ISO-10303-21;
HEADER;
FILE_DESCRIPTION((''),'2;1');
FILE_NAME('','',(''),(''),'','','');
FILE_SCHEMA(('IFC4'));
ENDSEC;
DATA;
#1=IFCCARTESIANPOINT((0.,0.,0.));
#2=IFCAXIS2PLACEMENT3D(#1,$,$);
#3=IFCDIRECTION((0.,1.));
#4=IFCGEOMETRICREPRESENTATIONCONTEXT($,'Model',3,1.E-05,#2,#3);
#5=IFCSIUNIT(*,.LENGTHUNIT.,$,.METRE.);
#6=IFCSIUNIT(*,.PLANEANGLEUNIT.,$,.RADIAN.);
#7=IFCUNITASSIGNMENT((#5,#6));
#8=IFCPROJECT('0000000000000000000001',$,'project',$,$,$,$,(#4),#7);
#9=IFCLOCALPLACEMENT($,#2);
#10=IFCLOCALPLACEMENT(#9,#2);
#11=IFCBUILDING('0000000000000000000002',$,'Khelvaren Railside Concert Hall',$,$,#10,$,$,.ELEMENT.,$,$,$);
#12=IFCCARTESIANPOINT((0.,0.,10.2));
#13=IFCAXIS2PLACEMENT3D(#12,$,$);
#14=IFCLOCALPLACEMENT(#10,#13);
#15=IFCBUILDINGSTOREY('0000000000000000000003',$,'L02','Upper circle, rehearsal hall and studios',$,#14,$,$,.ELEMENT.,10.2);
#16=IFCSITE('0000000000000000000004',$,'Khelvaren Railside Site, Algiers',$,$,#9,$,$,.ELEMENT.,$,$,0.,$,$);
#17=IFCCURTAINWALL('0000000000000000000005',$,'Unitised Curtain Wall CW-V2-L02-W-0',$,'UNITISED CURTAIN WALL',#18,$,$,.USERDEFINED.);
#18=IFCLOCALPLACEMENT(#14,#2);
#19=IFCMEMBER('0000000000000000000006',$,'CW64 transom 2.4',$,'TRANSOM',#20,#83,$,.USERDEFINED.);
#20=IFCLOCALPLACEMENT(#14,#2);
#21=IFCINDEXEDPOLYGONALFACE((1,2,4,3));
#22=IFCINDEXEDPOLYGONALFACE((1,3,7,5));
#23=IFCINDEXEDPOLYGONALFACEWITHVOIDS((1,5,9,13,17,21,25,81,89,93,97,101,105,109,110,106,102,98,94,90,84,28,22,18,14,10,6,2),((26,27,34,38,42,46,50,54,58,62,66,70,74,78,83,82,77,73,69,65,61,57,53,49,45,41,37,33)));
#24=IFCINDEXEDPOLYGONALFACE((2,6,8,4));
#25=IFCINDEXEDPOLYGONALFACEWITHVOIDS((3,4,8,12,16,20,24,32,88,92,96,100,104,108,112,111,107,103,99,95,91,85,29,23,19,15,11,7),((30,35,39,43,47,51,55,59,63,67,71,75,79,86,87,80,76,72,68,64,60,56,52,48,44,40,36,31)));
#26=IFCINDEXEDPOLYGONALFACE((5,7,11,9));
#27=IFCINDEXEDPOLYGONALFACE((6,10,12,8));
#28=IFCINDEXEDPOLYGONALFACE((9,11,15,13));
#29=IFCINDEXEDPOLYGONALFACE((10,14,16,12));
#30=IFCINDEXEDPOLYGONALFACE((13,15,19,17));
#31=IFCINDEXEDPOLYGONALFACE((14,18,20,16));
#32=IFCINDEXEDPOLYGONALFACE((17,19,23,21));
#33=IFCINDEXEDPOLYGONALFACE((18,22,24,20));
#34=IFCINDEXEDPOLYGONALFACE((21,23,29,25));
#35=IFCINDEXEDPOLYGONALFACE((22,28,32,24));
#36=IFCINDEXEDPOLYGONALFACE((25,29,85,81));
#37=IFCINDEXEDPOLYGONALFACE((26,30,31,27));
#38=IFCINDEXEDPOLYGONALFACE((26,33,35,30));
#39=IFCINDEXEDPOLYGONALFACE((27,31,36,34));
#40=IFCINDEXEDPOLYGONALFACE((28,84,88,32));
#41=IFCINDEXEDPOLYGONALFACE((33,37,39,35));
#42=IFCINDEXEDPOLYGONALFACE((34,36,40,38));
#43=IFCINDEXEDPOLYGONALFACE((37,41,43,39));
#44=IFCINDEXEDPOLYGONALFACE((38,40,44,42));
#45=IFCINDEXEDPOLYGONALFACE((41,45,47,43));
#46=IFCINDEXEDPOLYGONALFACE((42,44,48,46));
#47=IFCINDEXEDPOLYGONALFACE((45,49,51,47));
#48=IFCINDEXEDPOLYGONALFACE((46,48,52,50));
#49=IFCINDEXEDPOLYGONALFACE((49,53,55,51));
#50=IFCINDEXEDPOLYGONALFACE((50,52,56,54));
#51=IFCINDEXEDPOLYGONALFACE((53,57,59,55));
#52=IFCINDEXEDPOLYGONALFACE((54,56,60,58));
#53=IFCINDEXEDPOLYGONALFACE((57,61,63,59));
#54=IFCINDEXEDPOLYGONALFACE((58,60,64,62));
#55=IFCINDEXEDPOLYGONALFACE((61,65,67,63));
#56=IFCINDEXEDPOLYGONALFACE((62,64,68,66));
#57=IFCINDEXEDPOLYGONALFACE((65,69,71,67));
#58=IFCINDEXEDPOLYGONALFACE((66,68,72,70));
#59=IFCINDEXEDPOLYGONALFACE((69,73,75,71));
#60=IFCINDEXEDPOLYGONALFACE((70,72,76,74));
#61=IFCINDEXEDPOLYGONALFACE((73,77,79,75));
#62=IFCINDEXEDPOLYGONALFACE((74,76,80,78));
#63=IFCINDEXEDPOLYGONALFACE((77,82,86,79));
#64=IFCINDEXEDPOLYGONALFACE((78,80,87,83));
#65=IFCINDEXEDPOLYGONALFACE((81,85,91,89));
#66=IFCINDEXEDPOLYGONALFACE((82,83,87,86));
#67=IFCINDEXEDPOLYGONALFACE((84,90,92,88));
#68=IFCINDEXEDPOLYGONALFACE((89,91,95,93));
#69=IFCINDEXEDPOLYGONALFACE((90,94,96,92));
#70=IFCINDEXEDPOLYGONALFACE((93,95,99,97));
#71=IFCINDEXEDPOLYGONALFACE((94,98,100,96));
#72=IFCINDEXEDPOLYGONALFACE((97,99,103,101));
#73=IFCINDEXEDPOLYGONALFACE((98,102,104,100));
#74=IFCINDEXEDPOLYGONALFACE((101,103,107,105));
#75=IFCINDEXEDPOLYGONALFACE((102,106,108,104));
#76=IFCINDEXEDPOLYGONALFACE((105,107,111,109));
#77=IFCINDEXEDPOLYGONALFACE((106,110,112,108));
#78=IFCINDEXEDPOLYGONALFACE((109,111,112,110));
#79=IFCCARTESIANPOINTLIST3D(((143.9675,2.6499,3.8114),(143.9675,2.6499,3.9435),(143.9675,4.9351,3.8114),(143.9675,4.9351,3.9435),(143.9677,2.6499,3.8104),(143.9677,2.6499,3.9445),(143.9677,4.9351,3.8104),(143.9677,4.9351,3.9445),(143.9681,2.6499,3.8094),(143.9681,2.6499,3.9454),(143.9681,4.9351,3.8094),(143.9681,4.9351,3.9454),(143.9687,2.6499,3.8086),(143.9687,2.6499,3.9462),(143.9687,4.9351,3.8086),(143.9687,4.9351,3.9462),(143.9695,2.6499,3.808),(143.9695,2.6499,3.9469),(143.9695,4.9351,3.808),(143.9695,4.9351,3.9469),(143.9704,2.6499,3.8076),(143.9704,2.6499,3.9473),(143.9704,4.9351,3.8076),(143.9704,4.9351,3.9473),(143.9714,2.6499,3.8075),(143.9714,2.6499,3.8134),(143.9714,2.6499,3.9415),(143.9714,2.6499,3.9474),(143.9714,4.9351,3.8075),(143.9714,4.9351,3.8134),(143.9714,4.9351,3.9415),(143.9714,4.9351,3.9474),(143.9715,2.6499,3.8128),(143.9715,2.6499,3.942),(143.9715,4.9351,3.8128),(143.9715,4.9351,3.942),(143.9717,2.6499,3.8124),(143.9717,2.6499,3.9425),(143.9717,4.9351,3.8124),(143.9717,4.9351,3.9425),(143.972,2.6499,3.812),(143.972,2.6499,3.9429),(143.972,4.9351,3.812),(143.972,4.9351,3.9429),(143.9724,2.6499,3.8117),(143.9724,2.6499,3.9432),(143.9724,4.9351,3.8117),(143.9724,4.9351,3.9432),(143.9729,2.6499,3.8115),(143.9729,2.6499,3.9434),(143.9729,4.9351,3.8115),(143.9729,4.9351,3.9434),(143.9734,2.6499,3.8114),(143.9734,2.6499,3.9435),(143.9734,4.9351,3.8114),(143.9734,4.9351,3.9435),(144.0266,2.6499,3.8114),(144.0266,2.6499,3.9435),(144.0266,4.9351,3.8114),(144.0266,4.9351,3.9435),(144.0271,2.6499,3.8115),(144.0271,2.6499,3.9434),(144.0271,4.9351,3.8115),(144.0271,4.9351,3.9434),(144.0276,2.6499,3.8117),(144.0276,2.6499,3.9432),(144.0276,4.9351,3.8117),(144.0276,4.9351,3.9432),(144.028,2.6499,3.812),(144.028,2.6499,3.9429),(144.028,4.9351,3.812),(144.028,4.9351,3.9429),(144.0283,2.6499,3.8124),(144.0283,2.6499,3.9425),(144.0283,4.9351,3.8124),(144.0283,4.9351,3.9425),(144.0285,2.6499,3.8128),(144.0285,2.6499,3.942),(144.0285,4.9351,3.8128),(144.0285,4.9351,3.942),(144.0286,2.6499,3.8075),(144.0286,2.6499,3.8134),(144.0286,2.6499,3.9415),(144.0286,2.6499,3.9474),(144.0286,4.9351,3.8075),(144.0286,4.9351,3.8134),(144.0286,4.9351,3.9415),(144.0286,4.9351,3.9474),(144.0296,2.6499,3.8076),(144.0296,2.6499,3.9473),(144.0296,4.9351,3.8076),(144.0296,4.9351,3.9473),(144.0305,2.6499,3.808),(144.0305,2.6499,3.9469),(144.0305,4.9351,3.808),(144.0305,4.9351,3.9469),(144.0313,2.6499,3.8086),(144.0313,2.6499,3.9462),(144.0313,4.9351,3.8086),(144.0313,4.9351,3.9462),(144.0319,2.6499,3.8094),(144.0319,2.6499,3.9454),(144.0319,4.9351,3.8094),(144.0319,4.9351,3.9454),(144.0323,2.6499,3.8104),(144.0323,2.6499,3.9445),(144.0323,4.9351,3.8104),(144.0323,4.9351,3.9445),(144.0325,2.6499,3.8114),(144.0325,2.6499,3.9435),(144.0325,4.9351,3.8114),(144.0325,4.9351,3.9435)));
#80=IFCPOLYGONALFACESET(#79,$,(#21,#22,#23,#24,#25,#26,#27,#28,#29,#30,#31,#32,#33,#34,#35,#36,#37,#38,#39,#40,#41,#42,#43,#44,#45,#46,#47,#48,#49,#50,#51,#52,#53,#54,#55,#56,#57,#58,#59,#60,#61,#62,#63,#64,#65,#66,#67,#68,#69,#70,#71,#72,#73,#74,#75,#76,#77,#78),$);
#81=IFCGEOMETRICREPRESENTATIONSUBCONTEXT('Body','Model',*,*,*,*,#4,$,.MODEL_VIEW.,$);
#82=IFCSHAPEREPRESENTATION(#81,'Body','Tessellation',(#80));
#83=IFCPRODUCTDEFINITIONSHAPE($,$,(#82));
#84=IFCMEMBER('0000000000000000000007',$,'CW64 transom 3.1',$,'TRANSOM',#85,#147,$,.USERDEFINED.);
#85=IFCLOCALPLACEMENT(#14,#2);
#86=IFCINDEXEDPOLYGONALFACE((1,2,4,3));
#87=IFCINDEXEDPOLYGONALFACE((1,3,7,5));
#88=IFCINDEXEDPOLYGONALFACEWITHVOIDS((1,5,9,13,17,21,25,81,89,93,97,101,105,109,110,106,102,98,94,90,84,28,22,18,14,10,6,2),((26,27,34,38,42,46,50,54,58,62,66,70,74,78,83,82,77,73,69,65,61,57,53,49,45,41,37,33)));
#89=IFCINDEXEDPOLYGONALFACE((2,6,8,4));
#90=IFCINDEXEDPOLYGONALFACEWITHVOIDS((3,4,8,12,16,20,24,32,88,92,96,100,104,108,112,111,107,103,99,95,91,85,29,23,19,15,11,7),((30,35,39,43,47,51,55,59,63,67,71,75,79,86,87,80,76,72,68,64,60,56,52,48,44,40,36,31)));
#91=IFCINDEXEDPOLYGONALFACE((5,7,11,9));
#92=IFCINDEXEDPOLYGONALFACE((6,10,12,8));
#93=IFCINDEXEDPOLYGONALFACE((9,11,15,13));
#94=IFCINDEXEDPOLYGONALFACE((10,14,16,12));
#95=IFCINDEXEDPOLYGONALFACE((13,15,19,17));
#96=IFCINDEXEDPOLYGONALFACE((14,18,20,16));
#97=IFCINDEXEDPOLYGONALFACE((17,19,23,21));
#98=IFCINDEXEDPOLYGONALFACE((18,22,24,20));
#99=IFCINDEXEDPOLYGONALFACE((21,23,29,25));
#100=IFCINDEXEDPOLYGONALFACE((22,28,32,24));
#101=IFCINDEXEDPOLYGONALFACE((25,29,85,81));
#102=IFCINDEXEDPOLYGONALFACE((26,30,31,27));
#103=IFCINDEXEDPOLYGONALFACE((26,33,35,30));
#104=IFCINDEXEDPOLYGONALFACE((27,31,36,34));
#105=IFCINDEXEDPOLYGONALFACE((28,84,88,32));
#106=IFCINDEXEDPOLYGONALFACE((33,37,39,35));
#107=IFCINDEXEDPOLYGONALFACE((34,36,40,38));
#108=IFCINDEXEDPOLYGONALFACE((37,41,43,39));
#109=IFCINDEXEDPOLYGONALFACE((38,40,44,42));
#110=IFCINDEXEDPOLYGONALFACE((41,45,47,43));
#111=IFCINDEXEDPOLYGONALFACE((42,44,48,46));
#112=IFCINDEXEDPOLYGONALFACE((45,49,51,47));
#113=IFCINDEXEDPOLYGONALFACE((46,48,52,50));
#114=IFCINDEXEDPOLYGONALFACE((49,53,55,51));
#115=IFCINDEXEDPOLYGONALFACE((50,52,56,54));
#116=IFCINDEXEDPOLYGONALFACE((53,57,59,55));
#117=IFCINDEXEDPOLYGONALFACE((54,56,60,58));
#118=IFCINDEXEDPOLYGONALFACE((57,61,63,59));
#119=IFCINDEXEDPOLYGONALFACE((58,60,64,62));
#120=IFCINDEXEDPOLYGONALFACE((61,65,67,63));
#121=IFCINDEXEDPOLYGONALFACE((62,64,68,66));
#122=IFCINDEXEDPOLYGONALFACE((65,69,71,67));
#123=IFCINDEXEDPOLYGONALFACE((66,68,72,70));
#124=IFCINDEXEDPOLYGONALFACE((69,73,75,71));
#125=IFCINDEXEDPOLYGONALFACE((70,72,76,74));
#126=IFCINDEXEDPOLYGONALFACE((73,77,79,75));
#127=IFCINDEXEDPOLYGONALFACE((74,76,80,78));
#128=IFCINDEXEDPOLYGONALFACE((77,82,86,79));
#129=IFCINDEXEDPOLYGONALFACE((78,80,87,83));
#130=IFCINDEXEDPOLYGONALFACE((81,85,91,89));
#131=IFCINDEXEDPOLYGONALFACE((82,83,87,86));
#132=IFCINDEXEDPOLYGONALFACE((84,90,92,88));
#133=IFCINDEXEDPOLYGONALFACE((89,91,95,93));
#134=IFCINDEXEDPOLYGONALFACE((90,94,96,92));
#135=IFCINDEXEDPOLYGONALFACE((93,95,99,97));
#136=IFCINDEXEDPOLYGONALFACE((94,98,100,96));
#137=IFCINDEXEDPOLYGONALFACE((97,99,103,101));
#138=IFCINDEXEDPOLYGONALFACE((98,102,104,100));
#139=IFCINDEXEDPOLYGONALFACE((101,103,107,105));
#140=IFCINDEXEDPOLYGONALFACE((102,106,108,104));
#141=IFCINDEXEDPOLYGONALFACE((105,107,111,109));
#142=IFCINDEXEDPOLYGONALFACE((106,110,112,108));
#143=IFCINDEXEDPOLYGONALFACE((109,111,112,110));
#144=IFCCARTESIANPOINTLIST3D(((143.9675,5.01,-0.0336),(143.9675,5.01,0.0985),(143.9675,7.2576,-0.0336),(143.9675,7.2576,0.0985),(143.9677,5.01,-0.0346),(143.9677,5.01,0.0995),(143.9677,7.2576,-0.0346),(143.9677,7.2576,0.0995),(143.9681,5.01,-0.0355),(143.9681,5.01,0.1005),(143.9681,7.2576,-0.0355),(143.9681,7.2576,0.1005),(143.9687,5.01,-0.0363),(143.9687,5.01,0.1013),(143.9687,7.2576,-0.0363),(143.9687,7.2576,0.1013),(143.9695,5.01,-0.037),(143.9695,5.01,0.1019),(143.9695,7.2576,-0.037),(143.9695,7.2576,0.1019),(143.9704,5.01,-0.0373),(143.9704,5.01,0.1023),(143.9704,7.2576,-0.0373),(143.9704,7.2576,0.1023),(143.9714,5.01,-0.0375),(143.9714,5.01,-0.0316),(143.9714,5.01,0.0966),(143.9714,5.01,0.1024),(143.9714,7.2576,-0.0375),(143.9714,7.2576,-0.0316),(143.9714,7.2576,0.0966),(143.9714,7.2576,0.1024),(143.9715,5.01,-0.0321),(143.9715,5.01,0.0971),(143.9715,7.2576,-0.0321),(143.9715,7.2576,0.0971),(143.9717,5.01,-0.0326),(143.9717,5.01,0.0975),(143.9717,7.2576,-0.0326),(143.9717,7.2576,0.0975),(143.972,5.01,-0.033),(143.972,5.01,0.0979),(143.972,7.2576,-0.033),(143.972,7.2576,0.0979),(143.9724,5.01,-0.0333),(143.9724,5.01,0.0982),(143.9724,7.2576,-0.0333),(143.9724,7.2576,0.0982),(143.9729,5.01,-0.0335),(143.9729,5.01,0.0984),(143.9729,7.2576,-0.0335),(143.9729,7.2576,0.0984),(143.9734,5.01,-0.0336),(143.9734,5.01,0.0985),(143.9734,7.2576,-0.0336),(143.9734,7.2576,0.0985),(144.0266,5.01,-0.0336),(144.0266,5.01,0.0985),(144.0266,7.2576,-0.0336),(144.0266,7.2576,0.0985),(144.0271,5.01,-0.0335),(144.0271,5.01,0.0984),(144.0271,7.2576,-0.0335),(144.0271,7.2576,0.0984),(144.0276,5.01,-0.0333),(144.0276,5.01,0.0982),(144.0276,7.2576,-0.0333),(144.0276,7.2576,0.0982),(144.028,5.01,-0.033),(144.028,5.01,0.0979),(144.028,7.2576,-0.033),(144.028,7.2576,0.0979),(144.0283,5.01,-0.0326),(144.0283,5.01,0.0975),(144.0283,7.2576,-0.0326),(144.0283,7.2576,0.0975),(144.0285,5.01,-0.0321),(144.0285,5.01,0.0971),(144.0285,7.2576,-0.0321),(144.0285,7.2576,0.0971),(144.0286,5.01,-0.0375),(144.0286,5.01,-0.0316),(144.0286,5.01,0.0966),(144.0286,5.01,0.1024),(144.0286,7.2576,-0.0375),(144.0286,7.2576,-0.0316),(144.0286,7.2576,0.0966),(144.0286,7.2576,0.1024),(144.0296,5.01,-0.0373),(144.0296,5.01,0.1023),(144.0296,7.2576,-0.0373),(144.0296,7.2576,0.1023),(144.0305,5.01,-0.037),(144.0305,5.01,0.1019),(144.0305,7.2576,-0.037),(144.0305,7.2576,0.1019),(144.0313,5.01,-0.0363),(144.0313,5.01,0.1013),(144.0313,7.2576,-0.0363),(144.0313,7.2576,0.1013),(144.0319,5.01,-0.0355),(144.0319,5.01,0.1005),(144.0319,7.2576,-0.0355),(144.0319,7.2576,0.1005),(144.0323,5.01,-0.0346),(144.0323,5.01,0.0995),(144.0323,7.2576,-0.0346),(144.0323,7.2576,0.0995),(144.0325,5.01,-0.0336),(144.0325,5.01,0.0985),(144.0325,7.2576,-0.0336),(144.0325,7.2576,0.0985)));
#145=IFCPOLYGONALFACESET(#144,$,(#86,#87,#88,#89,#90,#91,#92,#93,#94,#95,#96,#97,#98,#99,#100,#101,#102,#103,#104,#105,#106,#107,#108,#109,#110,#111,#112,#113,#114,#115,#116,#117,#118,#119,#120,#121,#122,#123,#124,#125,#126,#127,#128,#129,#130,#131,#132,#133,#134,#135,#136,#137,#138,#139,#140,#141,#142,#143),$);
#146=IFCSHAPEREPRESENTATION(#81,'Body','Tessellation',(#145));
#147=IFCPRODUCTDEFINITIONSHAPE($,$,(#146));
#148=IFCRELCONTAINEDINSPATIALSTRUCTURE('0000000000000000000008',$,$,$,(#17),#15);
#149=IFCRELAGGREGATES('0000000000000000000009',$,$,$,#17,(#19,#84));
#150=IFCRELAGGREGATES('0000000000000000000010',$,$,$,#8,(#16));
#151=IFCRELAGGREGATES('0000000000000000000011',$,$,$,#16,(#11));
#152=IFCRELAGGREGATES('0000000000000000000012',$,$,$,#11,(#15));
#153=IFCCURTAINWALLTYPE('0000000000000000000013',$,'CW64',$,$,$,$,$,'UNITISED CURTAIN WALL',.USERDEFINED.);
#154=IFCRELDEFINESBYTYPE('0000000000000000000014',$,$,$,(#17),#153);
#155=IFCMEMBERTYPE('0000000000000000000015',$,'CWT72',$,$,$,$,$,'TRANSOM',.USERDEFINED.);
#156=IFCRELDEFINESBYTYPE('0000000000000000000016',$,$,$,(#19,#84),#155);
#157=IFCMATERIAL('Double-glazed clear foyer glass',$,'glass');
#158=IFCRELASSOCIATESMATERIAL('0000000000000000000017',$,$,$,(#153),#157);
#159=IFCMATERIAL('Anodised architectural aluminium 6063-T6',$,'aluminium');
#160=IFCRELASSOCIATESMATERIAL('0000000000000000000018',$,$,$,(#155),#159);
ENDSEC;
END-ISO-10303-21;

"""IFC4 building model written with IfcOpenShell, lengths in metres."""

from ifc_helpers import new_model, si_unit, direction, frame, origin, origin_2d, place, context, subcontext, project, spatial, hollow_rectangle, extrude, material, material_profile, profile_set, type_object, element, aggregate, save


model = new_model("IFC4")

# Units and contexts
model_context = context("Model", 3, precision=1e-05, world=origin(), true_north=direction((0.0, 1.0)))
body_context = subcontext(model_context, "Body", "Model", "MODEL_VIEW")
ifc_project = project(units=[si_unit("LENGTHUNIT", "METRE"), si_unit("PLANEANGLEUNIT", "RADIAN")], contexts=[model_context])

# Site, building, storey
site_placement = place(None, origin())
site = spatial("IfcSite", under=ifc_project, at=site_placement, Name="Khelvaren Railside Site, Algiers", CompositionType="ELEMENT", RefElevation=0.0)
building_placement = place(site_placement, origin())
building = spatial("IfcBuilding", under=site, at=building_placement, Name="Khelvaren Railside Concert Hall", CompositionType="ELEMENT")
storey_placement = place(building_placement, frame((0.0, 0.0, 10.2)))
storey = spatial("IfcBuildingStorey", under=building, at=storey_placement, Name="L02", Description="Upper circle, rehearsal hall and studios", CompositionType="ELEMENT", Elevation=10.2)

# Curtain wall, members
ifc_material_1 = material(Name="Double-glazed clear foyer glass", Category="glass")
curtain_wall_type = type_object("IfcCurtainWallType", Name="CW64", ElementType="UNITISED CURTAIN WALL", PredefinedType="USERDEFINED", material=ifc_material_1)
curtain_wall_placement = place(storey_placement, origin())
curtain_wall = element("IfcCurtainWall", 1, at=curtain_wall_placement, inside=storey, type_object=curtain_wall_type, Name="Unitised Curtain Wall CW-V2-L02-W-0", ObjectType="UNITISED CURTAIN WALL", PredefinedType="USERDEFINED")
ifc_material_2 = material(Name="Anodised architectural aluminium 6063-T6", Category="aluminium")
ifc_material_profile_1 = material_profile(ifc_material_2, hollow_rectangle(XDim=0.0649, YDim=0.1399, WallThickness=0.0039, InnerFilletRadius=0.002, OuterFilletRadius=0.0039, at=origin_2d()), Name="CWT 65x140x4")
ifc_profile_set_1 = profile_set([ifc_material_profile_1], Name="Anodised architectural aluminium 6063-T6")
member_type_1 = type_object("IfcMemberType", Name="CWT72", ElementType="TRANSOM", PredefinedType="USERDEFINED", material=ifc_profile_set_1)
member_1_placement = place(storey_placement, frame((144.0, 2.6499, 3.8774), z_axis=(0.0, 1.0, 0.0), x_axis=(-1.0, 0.0, 0.0)))
member_1 = element("IfcMember", 2, at=member_1_placement, type_object=member_type_1, Name="CW64 transom 2.4", ObjectType="TRANSOM", PredefinedType="USERDEFINED", context=body_context, shape_type="SweptSolid", body=[
    extrude(hollow_rectangle(XDim=0.0649, YDim=0.1399, WallThickness=0.0039, InnerFilletRadius=0.002, OuterFilletRadius=0.0039, at=origin_2d()), origin(), (0.0, 0.0, 1.0), 2.2852),
])
member_2_placement = place(storey_placement, frame((144.0, 5.01, 0.0325), z_axis=(0.0, 1.0, 0.0), x_axis=(-1.0, 0.0, 0.0)))
member_2 = element("IfcMember", 3, at=member_2_placement, type_object=member_type_1, Name="CW64 transom 3.1", ObjectType="TRANSOM", PredefinedType="USERDEFINED", context=body_context, shape_type="SweptSolid", body=[
    extrude(hollow_rectangle(XDim=0.0649, YDim=0.1399, WallThickness=0.0039, InnerFilletRadius=0.002, OuterFilletRadius=0.0039, at=origin_2d()), origin(), (0.0, 0.0, 1.0), 2.2476),
])

aggregate(curtain_wall, [member_1, member_2])

save(model, "model.ifc")
